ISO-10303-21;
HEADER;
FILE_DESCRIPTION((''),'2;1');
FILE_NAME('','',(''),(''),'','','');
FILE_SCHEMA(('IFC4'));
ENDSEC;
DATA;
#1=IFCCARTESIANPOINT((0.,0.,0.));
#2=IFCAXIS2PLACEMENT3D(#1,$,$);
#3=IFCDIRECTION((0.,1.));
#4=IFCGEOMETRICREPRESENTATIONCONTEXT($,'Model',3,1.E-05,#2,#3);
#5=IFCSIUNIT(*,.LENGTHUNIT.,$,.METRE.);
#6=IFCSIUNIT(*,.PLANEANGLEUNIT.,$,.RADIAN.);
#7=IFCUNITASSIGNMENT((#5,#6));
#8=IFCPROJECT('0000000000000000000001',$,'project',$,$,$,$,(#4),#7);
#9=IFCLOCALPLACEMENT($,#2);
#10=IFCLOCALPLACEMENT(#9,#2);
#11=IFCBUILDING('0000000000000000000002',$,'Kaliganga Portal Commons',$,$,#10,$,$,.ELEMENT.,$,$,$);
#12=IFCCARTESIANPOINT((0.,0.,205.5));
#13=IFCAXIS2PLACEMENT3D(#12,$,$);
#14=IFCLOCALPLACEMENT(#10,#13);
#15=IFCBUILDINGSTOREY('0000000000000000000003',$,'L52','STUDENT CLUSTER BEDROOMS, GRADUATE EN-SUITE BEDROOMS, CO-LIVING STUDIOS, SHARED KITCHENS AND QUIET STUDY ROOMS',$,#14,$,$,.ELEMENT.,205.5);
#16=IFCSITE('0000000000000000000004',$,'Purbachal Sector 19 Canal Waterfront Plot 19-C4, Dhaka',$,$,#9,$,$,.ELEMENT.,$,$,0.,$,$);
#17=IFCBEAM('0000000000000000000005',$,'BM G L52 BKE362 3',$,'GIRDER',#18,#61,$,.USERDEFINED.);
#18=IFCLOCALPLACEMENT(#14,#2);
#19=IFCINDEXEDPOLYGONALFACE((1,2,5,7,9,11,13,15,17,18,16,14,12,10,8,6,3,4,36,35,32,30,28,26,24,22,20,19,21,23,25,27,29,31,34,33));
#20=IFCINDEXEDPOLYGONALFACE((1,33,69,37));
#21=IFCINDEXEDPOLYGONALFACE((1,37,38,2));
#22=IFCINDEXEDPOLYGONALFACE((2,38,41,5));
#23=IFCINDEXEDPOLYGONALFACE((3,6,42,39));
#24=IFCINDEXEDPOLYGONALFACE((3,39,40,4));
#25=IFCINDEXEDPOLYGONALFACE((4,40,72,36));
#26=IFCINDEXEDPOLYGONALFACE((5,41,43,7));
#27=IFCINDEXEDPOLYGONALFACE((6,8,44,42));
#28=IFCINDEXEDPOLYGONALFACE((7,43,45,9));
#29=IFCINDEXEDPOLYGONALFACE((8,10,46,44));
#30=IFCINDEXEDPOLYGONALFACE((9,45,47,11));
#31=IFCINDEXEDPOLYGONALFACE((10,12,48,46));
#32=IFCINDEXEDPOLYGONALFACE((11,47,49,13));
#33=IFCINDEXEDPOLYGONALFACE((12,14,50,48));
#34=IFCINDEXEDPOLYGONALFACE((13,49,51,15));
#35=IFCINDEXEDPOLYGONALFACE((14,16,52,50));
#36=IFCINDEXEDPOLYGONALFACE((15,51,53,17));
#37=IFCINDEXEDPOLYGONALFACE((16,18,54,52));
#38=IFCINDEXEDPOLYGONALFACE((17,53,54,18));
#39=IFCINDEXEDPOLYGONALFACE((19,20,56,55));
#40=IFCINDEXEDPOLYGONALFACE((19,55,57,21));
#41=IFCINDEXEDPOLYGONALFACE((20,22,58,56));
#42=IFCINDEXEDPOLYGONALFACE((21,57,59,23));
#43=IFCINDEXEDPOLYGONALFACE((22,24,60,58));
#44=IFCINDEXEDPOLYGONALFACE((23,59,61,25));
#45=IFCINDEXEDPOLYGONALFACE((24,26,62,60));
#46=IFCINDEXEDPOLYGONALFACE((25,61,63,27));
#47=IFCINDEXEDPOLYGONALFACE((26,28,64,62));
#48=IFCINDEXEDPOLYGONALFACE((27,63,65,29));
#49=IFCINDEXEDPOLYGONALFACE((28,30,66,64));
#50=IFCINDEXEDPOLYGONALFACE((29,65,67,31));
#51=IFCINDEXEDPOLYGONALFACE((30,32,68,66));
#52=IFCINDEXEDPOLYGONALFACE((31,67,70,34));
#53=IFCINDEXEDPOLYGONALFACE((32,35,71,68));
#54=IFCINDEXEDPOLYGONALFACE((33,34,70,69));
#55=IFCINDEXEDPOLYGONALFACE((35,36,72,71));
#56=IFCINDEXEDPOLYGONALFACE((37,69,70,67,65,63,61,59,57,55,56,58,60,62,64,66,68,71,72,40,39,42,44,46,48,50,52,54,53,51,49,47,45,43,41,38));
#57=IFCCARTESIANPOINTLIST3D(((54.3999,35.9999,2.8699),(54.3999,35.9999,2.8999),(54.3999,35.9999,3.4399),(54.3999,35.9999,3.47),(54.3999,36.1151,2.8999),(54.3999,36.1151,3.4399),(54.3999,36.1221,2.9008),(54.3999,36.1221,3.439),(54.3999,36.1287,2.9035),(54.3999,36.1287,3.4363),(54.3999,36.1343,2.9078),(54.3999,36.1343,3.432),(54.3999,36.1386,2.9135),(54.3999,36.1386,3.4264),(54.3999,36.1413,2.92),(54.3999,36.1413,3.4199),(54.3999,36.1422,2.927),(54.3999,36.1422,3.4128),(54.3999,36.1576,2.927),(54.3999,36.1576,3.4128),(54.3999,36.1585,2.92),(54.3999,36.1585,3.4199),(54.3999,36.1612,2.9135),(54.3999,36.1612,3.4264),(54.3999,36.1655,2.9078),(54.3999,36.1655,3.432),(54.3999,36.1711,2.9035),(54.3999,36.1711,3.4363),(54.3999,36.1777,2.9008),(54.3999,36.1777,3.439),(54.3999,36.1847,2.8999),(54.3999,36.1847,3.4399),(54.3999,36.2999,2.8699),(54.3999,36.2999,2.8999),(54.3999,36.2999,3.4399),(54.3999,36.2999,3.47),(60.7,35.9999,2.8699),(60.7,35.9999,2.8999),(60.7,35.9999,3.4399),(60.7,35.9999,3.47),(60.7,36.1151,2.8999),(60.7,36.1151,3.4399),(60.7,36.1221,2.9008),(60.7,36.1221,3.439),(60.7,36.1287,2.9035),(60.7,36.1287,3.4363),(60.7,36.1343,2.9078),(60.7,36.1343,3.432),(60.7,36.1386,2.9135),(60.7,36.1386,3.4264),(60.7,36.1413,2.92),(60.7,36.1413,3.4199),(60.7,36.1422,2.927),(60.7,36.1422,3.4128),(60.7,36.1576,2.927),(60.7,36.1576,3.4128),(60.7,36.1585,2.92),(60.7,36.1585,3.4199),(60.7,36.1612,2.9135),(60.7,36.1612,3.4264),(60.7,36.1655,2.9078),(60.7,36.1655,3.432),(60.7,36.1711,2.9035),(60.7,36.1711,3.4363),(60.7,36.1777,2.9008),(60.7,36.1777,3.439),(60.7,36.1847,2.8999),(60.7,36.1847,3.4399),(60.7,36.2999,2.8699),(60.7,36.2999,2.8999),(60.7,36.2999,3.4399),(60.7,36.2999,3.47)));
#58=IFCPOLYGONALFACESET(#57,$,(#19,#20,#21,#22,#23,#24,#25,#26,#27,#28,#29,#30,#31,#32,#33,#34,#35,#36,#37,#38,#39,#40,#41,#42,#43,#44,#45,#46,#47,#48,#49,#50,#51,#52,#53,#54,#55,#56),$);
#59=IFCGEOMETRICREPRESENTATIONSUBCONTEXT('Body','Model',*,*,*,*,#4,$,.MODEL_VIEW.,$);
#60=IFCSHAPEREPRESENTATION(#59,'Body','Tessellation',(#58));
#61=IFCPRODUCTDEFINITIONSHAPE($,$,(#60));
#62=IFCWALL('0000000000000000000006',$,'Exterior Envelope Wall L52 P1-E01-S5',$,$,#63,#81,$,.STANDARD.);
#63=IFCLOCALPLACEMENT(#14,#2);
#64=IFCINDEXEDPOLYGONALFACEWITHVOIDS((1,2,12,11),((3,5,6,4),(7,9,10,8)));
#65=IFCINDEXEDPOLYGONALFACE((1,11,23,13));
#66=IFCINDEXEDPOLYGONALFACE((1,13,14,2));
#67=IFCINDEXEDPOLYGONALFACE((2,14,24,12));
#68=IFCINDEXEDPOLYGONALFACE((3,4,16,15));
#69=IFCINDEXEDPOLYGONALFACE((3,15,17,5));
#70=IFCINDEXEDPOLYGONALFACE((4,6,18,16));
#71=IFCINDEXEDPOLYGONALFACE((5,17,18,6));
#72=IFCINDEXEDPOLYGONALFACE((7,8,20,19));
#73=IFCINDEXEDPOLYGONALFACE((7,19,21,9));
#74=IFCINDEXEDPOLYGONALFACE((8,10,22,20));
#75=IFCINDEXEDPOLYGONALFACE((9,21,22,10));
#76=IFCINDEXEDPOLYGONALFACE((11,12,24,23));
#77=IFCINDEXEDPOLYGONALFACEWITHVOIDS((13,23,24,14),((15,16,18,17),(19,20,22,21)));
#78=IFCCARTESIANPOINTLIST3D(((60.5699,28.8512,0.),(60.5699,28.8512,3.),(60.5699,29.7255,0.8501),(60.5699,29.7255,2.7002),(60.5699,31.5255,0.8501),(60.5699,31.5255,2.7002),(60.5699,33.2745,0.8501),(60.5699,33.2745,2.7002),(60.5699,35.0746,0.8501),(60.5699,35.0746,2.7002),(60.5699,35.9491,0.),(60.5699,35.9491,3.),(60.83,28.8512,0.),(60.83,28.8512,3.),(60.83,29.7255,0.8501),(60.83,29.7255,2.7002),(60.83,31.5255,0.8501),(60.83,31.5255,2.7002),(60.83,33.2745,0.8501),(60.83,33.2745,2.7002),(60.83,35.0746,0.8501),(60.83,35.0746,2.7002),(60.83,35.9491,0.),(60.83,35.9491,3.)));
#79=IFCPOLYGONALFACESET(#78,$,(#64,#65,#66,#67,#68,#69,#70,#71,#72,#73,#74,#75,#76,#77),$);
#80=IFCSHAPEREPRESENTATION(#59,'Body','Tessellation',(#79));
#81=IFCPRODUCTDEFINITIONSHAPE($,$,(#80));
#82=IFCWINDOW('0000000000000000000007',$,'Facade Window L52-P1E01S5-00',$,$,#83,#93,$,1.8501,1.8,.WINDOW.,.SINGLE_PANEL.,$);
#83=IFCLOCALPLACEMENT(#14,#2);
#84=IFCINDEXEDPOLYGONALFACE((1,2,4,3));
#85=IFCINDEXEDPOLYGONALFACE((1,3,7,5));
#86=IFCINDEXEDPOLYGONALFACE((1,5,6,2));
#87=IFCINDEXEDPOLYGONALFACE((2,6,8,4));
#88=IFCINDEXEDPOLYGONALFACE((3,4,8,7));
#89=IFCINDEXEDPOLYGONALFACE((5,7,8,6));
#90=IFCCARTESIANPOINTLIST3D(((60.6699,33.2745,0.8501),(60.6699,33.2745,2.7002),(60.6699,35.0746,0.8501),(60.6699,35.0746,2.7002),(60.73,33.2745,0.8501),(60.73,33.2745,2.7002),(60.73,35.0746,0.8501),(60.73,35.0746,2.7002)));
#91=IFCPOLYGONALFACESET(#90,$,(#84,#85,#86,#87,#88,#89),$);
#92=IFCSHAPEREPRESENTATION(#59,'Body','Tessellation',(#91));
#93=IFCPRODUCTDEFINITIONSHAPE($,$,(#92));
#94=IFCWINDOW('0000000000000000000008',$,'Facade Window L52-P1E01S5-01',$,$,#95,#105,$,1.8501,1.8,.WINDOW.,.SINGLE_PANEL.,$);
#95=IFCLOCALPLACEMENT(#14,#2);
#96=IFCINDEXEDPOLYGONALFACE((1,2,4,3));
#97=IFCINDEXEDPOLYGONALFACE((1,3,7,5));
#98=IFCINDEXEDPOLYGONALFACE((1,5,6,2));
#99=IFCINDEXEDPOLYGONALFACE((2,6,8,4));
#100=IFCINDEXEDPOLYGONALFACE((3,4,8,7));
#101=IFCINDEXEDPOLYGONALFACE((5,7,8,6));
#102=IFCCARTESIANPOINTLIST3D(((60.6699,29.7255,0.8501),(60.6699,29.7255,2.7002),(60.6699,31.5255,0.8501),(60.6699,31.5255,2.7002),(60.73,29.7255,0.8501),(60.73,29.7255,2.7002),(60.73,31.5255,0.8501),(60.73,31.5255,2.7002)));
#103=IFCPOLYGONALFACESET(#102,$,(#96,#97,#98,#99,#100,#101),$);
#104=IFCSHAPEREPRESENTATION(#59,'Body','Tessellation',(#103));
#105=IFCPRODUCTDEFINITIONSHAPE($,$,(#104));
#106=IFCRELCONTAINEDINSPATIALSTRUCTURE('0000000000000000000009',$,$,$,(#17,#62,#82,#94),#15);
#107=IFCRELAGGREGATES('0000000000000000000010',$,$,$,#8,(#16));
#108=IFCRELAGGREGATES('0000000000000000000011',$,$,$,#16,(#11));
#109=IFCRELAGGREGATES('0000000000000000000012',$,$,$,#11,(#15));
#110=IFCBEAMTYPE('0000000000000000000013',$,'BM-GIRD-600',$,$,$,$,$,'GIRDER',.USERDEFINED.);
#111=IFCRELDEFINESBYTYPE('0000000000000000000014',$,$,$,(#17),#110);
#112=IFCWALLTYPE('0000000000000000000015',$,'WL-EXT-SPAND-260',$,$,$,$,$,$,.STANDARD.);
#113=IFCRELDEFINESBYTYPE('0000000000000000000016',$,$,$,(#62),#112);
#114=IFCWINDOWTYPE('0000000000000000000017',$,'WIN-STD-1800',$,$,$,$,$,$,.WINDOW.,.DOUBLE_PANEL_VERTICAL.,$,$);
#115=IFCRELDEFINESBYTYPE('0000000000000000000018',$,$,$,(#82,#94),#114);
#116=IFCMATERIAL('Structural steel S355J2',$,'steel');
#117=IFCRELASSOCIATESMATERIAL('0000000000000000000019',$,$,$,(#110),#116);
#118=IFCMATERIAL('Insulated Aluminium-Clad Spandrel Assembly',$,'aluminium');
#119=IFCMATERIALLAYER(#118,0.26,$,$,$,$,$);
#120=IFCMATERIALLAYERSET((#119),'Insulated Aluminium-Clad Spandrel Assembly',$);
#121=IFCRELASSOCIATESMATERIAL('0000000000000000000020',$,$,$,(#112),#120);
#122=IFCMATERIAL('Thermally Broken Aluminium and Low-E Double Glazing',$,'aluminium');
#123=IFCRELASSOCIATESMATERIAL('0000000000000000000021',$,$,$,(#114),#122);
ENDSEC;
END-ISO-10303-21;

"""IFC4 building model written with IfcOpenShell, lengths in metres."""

from ifc_helpers import new_model, si_unit, direction, frame, frame_2d, origin, origin_2d, place, context, subcontext, project, spatial, rectangle, i_section, extrude, source, transform, mapped, material, layer, layer_set, material_profile, profile_set, type_object, element, fill, save


model = new_model("IFC4")

# Units and contexts
model_context = context("Model", 3, precision=1e-05, world=origin(), true_north=direction((0.0, 1.0)))
body_context = subcontext(model_context, "Body", "Model", "MODEL_VIEW")
ifc_project = project(units=[si_unit("LENGTHUNIT", "METRE"), si_unit("PLANEANGLEUNIT", "RADIAN")], contexts=[model_context])

# Site, building, storey
site_placement = place(None, origin())
site = spatial("IfcSite", under=ifc_project, at=site_placement, Name="Purbachal Sector 19 Canal Waterfront Plot 19-C4, Dhaka", CompositionType="ELEMENT", RefElevation=0.0)
building_placement = place(site_placement, origin())
building = spatial("IfcBuilding", under=site, at=building_placement, Name="Kaliganga Portal Commons", CompositionType="ELEMENT")
storey_placement = place(building_placement, frame((0.0, 0.0, 205.5)))
storey = spatial("IfcBuildingStorey", under=building, at=storey_placement, Name="L52", Description="STUDENT CLUSTER BEDROOMS, GRADUATE EN-SUITE BEDROOMS, CO-LIVING STUDIOS, SHARED KITCHENS AND QUIET STUDY ROOMS", CompositionType="ELEMENT", Elevation=205.5)

# Shared definitions
ifc_material_1 = material(Name="Structural steel S355J2", Category="steel")

# Beam
ifc_material_profile_1 = material_profile(ifc_material_1, i_section(OverallWidth=0.3, OverallDepth=0.6001, WebThickness=0.0154, FlangeThickness=0.03, FilletRadius=0.0271, at=origin_2d()), Name="HE 600 B")
ifc_profile_set_1 = profile_set([ifc_material_profile_1], Name="Structural steel S355J2 wide-flange")
beam_type_1 = type_object("IfcBeamType", Name="BM-GIRD-600", ElementType="GIRDER", PredefinedType="USERDEFINED", material=ifc_profile_set_1)
shared_shape_1 = source(origin(), body_context, "Body", "SweptSolid", [
    extrude(i_section(OverallWidth=0.3, OverallDepth=0.6001, WebThickness=0.0154, FlangeThickness=0.03, FilletRadius=0.0271, at=origin_2d()), origin(), (0.0, 0.0, 1.0), 6.3),
])
beam_1_placement = place(storey_placement, frame((54.3999, 36.1499, 3.1699), z_axis=(1.0, 0.0, 0.0), x_axis=(0.0, 1.0, 0.0)))
element("IfcBeam", 1, at=beam_1_placement, inside=storey, type_object=beam_type_1, Name="BM G L52 BKE362 3", ObjectType="GIRDER", PredefinedType="USERDEFINED", context=body_context, shape_type="MappedRepresentation", body=[
    mapped(shared_shape_1, transform((0.0, 0.0, 0.0), x_axis=(1.0, 0.0, 0.0), y_axis=(0.0, 1.0, 0.0), z_axis=(0.0, 0.0, 1.0), scale=1.0)),
])

# Wall, openings, windows
ifc_material_2 = material(Name="Insulated Aluminium-Clad Spandrel Assembly", Category="aluminium")
ifc_layer = layer(ifc_material_2, 0.26)
ifc_layer_set = layer_set([ifc_layer], Name="Insulated Aluminium-Clad Spandrel Assembly")
wall_type = type_object("IfcWallType", Name="WL-EXT-SPAND-260", PredefinedType="STANDARD", material=ifc_layer_set)
wall_placement = place(storey_placement, frame((60.7, 35.949, 0.0), z_axis=(0.0, 0.0, 1.0), x_axis=(0.0, -1.0, 0.0)))
wall = element("IfcWall", 2, at=wall_placement, inside=storey, type_object=wall_type, Name="Exterior Envelope Wall L52 P1-E01-S5", PredefinedType="STANDARD", context=body_context, shape_type="SweptSolid", body=[
    extrude(rectangle(XDim=7.0979, YDim=0.26, at=frame_2d((3.5488, 0.0))), origin(), (0.0, 0.0, 1.0), 3.0),
])
opening_1_placement = place(wall_placement, frame((0.8745, 0.0, 0.8501)))
opening_1 = element("IfcOpeningElement", 3, at=opening_1_placement, cuts=wall, PredefinedType="OPENING", context=body_context, shape_type="SweptSolid", body=[
    extrude(rectangle(XDim=1.8, YDim=1.8501, at=frame_2d((0.8999, 0.925))), frame((0.0, 0.1401, 0.0), z_axis=(0.0, -1.0, 0.0), x_axis=(1.0, 0.0, 0.0)), (0.0, 0.0, 1.0), 0.28),
])
opening_2_placement = place(wall_placement, frame((4.4236, 0.0, 0.8501)))
opening_2 = element("IfcOpeningElement", 4, at=opening_2_placement, cuts=wall, PredefinedType="OPENING", context=body_context, shape_type="SweptSolid", body=[
    extrude(rectangle(XDim=1.8, YDim=1.8501, at=frame_2d((0.8999, 0.925))), frame((0.0, 0.1401, 0.0), z_axis=(0.0, -1.0, 0.0), x_axis=(1.0, 0.0, 0.0)), (0.0, 0.0, 1.0), 0.28),
])
ifc_material_3 = material(Name="Thermally Broken Aluminium and Low-E Double Glazing", Category="aluminium")
window_type = type_object("IfcWindowType", Name="WIN-STD-1800", PartitioningType="DOUBLE_PANEL_VERTICAL", PredefinedType="WINDOW", material=ifc_material_3)
window_1_placement = place(opening_1_placement, origin())
window_1 = element("IfcWindow", 5, at=window_1_placement, inside=storey, type_object=window_type, Name="Facade Window L52-P1E01S5-00", OverallHeight=1.8501, OverallWidth=1.8, PartitioningType="SINGLE_PANEL", PredefinedType="WINDOW", context=body_context, shape_type="SweptSolid", body=[
    extrude(rectangle(XDim=1.8, YDim=1.8501, at=frame_2d((0.8999, 0.925))), frame((0.0, 0.03, 0.0), z_axis=(0.0, -1.0, 0.0), x_axis=(1.0, 0.0, 0.0)), (0.0, 0.0, 1.0), 0.0601),
])
fill(opening_1, window_1)
window_2_placement = place(opening_2_placement, origin())
window_2 = element("IfcWindow", 6, at=window_2_placement, inside=storey, type_object=window_type, Name="Facade Window L52-P1E01S5-01", OverallHeight=1.8501, OverallWidth=1.8, PartitioningType="SINGLE_PANEL", PredefinedType="WINDOW", context=body_context, shape_type="SweptSolid", body=[
    extrude(rectangle(XDim=1.8, YDim=1.8501, at=frame_2d((0.8999, 0.925))), frame((0.0, 0.03, 0.0), z_axis=(0.0, -1.0, 0.0), x_axis=(1.0, 0.0, 0.0)), (0.0, 0.0, 1.0), 0.0601),
])
fill(opening_2, window_2)

save(model, "model.ifc")
